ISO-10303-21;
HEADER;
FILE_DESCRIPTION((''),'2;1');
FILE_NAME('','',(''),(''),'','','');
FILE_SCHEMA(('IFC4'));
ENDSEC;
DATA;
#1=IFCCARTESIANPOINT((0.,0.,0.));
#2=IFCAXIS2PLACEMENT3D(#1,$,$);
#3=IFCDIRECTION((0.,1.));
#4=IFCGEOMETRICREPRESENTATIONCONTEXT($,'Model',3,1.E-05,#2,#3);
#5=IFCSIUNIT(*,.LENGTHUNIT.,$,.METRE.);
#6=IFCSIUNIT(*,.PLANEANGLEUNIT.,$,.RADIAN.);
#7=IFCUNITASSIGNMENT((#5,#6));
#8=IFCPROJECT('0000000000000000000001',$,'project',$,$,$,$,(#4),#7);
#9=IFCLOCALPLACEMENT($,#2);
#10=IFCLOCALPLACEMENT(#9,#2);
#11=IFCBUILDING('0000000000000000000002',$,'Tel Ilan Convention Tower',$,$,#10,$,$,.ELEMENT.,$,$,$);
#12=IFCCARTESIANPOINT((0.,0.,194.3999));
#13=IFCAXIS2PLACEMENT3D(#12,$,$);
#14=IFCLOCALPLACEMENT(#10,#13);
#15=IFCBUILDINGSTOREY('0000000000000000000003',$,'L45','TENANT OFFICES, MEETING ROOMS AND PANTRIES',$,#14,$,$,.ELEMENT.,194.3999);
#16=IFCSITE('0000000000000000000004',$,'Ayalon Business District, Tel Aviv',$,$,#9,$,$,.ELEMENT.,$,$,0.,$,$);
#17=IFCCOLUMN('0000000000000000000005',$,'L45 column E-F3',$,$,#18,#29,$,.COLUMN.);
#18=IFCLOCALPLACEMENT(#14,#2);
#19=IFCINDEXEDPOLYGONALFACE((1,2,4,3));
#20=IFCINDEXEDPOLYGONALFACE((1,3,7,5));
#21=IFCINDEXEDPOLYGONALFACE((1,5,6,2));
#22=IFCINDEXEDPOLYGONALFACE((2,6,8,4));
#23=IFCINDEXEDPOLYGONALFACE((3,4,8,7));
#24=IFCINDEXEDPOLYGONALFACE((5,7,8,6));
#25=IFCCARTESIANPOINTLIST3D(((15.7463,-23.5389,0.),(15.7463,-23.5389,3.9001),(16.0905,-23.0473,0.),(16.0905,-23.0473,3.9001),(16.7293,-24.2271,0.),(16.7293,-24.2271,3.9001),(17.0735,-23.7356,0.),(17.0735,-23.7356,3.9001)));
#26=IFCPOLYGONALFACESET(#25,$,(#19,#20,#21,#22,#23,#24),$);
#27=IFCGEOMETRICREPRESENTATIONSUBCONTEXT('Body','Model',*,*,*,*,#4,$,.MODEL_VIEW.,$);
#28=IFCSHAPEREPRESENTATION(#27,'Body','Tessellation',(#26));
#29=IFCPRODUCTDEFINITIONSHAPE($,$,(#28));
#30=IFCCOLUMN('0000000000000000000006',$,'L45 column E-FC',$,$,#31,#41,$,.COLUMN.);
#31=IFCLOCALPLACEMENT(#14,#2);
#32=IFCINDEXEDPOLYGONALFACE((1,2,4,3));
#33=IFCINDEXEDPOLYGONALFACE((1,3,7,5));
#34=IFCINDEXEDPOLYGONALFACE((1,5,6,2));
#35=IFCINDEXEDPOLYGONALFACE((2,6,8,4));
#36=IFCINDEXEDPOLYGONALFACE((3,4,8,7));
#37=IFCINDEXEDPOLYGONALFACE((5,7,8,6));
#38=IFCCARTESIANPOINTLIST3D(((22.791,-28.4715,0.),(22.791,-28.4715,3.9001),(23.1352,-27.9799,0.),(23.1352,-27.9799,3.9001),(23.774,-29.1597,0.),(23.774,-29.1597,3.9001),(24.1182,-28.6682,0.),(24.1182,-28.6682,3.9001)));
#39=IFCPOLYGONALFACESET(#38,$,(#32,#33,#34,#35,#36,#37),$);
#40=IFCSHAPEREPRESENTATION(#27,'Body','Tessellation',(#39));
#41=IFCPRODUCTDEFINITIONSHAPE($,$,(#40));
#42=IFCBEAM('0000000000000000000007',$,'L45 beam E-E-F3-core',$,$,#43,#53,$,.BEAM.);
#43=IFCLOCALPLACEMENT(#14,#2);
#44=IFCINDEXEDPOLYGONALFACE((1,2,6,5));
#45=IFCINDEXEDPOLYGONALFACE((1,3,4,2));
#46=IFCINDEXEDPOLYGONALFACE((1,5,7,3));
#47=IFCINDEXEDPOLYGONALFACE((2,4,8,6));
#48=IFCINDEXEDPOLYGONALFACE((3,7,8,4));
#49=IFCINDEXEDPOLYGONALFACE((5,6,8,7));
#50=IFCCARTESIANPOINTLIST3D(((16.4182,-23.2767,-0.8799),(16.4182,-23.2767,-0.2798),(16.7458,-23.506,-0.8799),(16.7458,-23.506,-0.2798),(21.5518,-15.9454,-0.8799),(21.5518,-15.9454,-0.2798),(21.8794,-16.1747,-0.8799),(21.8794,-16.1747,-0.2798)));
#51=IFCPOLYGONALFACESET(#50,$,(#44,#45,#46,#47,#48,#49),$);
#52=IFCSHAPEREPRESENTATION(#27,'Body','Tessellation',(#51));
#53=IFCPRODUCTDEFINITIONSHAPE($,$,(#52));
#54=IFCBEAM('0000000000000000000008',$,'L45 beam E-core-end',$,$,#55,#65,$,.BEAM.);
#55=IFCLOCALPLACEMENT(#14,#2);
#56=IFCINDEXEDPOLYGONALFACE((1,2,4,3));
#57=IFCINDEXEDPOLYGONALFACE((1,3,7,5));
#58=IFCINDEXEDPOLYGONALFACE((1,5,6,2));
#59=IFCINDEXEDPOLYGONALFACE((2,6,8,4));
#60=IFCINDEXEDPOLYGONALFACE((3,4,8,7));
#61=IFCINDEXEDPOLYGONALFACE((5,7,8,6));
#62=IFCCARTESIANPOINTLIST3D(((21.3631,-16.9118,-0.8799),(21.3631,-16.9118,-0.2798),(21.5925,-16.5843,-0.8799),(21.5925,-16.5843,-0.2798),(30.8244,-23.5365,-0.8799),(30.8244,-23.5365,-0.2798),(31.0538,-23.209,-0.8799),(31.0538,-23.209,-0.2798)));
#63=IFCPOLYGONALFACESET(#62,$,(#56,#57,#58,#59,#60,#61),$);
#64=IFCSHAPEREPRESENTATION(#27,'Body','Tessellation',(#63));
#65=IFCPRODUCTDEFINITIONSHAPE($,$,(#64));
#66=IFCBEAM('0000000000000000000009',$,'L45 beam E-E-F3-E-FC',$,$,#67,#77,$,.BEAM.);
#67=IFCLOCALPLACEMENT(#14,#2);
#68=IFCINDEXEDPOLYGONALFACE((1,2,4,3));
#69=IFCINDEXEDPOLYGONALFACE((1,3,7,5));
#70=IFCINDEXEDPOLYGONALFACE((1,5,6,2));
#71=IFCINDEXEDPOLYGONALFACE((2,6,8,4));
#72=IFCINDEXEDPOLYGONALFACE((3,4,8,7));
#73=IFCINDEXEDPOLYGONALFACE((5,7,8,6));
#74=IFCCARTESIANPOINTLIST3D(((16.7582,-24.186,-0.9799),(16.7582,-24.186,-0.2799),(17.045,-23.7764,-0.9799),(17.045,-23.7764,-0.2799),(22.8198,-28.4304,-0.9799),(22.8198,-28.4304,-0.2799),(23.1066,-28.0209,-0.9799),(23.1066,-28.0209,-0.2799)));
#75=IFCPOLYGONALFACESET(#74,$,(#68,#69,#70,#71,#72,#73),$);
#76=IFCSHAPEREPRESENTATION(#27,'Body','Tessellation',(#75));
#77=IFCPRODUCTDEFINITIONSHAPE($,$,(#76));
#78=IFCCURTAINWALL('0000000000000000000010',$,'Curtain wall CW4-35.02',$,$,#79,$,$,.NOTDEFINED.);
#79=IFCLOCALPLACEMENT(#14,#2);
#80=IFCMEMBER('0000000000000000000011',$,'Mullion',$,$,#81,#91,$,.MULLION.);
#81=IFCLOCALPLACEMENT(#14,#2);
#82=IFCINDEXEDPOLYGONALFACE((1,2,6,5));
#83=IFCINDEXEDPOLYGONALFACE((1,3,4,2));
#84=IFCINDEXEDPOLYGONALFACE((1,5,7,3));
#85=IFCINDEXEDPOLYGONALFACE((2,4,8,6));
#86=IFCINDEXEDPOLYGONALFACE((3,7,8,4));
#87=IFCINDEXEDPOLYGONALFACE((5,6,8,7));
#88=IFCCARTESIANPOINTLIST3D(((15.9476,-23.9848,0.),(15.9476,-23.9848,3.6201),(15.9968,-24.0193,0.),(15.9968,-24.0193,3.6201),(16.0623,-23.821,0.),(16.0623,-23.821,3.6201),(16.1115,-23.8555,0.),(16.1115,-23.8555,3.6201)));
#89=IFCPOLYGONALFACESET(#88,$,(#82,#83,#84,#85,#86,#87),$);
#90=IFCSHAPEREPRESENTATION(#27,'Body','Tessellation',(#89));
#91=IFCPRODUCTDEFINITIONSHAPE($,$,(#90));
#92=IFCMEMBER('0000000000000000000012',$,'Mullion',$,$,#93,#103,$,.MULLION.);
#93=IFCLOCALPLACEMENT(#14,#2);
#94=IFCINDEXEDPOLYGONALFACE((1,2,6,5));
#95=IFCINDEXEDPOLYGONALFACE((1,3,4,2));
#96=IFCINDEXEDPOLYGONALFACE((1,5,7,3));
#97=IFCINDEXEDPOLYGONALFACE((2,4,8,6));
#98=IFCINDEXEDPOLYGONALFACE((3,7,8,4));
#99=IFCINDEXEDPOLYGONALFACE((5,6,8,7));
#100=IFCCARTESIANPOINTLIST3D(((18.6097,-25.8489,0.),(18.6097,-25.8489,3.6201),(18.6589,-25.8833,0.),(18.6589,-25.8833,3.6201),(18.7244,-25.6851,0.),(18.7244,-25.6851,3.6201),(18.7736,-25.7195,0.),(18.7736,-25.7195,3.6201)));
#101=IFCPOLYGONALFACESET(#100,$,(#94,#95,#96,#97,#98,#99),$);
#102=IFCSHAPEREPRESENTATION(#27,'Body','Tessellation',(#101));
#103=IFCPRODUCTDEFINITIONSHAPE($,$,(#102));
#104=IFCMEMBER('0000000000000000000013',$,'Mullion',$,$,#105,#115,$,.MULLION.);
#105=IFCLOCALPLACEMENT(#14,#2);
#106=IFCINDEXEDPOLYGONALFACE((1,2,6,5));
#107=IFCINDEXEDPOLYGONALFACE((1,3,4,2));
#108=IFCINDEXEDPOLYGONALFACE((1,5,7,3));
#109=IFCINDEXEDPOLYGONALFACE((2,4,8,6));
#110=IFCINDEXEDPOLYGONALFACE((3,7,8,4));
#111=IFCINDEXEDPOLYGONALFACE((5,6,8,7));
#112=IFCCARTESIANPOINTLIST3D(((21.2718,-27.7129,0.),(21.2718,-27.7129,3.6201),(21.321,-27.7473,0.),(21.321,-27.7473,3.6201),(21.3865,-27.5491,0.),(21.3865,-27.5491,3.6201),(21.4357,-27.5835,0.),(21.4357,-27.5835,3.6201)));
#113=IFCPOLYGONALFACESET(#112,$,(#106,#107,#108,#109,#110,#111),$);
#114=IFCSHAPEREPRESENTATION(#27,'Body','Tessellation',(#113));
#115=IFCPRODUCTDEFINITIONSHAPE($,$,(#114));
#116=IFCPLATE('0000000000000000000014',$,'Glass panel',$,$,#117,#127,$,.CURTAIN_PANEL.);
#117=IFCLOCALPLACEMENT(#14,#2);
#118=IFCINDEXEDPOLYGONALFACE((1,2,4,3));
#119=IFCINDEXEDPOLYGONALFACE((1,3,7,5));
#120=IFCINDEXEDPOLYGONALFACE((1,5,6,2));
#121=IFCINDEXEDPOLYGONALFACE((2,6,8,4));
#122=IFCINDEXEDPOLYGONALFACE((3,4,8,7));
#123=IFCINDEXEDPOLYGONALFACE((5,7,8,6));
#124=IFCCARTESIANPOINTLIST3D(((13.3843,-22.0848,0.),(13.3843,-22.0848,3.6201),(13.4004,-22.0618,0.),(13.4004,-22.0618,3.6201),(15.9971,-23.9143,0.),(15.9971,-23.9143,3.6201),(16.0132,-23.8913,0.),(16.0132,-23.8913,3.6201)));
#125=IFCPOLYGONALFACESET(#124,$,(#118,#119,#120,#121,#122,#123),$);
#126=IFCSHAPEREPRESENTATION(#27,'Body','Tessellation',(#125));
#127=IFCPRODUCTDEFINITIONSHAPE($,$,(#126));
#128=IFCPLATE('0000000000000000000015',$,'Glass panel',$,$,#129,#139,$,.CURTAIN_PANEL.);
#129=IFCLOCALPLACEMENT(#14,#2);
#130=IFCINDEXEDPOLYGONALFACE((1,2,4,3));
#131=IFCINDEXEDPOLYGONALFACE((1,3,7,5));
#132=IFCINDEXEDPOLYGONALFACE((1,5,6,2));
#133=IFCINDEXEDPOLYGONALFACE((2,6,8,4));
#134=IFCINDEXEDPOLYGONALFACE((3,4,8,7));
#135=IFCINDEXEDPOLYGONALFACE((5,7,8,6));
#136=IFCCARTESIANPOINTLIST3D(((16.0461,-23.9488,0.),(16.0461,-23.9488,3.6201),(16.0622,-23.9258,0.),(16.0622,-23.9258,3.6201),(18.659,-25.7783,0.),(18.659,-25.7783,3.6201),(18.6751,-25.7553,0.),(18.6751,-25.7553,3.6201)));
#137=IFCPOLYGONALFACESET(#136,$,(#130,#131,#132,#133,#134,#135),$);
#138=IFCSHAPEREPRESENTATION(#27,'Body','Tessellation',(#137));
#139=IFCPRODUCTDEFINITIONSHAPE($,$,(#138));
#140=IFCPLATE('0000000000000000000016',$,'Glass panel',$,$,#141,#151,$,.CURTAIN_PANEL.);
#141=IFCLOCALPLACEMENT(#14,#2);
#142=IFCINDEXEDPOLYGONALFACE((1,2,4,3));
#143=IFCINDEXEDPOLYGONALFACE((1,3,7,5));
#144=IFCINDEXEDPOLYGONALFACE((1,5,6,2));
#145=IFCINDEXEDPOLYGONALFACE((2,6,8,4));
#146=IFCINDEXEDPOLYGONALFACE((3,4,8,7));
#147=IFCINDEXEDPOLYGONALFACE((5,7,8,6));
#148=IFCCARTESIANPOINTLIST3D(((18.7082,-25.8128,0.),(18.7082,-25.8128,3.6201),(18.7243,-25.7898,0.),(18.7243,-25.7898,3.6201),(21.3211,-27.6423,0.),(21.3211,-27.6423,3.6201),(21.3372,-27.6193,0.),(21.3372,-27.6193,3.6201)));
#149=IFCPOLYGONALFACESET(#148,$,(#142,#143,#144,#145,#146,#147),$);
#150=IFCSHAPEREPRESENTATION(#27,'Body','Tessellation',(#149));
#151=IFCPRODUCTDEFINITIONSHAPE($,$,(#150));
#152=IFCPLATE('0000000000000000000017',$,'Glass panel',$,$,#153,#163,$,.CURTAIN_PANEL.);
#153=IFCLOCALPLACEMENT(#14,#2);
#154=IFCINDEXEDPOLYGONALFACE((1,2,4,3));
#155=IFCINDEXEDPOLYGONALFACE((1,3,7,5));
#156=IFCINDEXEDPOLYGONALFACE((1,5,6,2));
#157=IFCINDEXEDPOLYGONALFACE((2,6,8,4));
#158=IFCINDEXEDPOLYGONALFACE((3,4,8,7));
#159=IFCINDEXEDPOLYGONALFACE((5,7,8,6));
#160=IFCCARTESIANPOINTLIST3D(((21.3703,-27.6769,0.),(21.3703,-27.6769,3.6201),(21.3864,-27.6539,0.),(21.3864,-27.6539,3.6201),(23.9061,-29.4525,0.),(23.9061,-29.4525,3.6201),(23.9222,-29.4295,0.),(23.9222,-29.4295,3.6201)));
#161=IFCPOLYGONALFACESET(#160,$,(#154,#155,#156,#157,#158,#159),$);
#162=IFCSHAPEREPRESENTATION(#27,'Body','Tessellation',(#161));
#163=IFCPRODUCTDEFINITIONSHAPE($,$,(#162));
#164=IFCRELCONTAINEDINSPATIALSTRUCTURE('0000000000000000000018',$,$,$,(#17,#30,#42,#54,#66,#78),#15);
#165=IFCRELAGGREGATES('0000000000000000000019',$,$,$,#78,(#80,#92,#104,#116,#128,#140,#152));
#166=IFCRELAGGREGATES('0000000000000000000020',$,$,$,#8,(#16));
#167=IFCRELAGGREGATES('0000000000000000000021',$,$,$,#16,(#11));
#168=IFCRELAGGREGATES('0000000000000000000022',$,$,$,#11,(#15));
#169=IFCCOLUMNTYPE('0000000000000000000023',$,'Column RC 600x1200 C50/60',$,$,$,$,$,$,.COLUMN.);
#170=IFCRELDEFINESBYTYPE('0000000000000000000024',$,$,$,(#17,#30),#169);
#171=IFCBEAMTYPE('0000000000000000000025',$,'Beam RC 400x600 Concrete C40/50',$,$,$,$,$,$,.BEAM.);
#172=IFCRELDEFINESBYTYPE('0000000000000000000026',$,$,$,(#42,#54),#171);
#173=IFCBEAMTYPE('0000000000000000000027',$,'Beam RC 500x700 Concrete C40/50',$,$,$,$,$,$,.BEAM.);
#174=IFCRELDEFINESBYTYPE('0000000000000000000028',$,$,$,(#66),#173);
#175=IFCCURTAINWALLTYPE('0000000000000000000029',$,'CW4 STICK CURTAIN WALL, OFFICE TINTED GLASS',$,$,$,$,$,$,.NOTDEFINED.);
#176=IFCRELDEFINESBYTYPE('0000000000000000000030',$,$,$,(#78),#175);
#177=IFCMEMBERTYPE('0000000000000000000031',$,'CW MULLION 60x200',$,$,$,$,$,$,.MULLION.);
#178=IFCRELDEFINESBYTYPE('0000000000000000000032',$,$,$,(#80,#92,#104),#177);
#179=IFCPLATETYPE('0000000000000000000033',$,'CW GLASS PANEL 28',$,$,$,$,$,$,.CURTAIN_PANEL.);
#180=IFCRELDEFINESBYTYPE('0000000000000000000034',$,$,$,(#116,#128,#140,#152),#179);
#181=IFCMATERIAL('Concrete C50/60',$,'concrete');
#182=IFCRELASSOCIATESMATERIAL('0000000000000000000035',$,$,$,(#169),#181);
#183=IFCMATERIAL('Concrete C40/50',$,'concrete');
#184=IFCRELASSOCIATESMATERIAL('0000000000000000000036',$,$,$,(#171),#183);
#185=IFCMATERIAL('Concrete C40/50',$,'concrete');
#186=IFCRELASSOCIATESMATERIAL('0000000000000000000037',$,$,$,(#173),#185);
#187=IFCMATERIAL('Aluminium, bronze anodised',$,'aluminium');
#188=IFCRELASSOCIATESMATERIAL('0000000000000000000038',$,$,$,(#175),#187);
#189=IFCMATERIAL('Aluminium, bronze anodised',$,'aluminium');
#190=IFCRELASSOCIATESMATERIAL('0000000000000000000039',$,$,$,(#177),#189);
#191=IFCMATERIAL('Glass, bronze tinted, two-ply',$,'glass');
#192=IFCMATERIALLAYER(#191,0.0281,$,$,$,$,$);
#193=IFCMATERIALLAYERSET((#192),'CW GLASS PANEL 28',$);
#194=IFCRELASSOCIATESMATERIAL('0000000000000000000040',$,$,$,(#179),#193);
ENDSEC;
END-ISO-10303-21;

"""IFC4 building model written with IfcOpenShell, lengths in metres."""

from ifc_helpers import new_model, si_unit, direction, frame, origin, origin_2d, place, context, subcontext, project, spatial, rectangle, extrude, material, layer, layer_set, material_profile, profile_set, type_object, element, aggregate, save


model = new_model("IFC4")

# Units and contexts
model_context = context("Model", 3, precision=1e-05, world=origin(), true_north=direction((0.0, 1.0)))
body_context = subcontext(model_context, "Body", "Model", "MODEL_VIEW")
ifc_project = project(units=[si_unit("LENGTHUNIT", "METRE"), si_unit("PLANEANGLEUNIT", "RADIAN")], contexts=[model_context])

# Site, building, storey
site_placement = place(None, origin())
site = spatial("IfcSite", under=ifc_project, at=site_placement, Name="Ayalon Business District, Tel Aviv", CompositionType="ELEMENT", RefElevation=0.0)
building_placement = place(site_placement, origin())
building = spatial("IfcBuilding", under=site, at=building_placement, Name="Tel Ilan Convention Tower", CompositionType="ELEMENT")
storey_placement = place(building_placement, frame((0.0, 0.0, 194.3999)))
storey = spatial("IfcBuildingStorey", under=building, at=storey_placement, Name="L45", Description="TENANT OFFICES, MEETING ROOMS AND PANTRIES", CompositionType="ELEMENT", Elevation=194.3999)

# Columns
ifc_material_1 = material(Name="Concrete C50/60", Category="concrete")
ifc_material_profile_1 = material_profile(ifc_material_1, rectangle(XDim=1.2, YDim=0.6001, at=origin_2d()), Name="RC 600x1200")
ifc_profile_set_1 = profile_set([ifc_material_profile_1], Name="Concrete C50/60")
column_type = type_object("IfcColumnType", Name="Column RC 600x1200 C50/60", PredefinedType="COLUMN", material=ifc_profile_set_1)
for number, where, z_axis, x_axis, name in (
    (1, (16.4099, -23.6372, 0.0), (0.0, 0.0, 1.0), (0.819152, -0.573576, 0.0), "L45 column E-F3"),
    (2, (23.4546, -28.5698, 0.0), (0.0, 0.0, 1.0), (0.819152, -0.573576, 0.0), "L45 column E-FC"),
):
    element("IfcColumn", number, at=place(storey_placement, frame(where, z_axis=z_axis, x_axis=x_axis)), inside=storey, type_object=column_type, Name=name, PredefinedType="COLUMN", context=body_context, shape_type="SweptSolid", body=[
        extrude(rectangle(XDim=1.2, YDim=0.6001, at=origin_2d()), origin(), (0.0, 0.0, 1.0), 3.9001),
    ])

# Beams
ifc_material_2 = material(Name="Concrete C40/50", Category="concrete")
ifc_material_profile_2 = material_profile(ifc_material_2, rectangle(XDim=0.3999, YDim=0.6001, at=origin_2d()), Name="RC 400x600")
ifc_profile_set_2 = profile_set([ifc_material_profile_2], Name="Concrete C40/50")
beam_type_1 = type_object("IfcBeamType", Name="Beam RC 400x600 Concrete C40/50", PredefinedType="BEAM", material=ifc_profile_set_2)
beam_1_placement = place(storey_placement, frame((16.582, -23.3914, -0.5798), z_axis=(0.573585, 0.819146, 0.0), x_axis=(-0.819146, 0.573585, 0.0)))
element("IfcBeam", 3, at=beam_1_placement, inside=storey, type_object=beam_type_1, Name="L45 beam E-E-F3-core", PredefinedType="BEAM", context=body_context, shape_type="SweptSolid", body=[
    extrude(rectangle(XDim=0.3999, YDim=0.6001, at=origin_2d()), origin(), (0.0, 0.0, 1.0), 8.95),
])
beam_2_placement = place(storey_placement, frame((21.4778, -16.748, -0.5798), z_axis=(0.81916, -0.573564, 0.0), x_axis=(0.573564, 0.81916, 0.0)))
element("IfcBeam", 4, at=beam_2_placement, inside=storey, type_object=beam_type_1, Name="L45 beam E-core-end", PredefinedType="BEAM", context=body_context, shape_type="SweptSolid", body=[
    extrude(rectangle(XDim=0.3999, YDim=0.6001, at=origin_2d()), origin(), (0.0, 0.0, 1.0), 11.55),
])
ifc_material_3 = material(Name="Concrete C40/50", Category="concrete")
ifc_material_profile_3 = material_profile(ifc_material_3, rectangle(XDim=0.5, YDim=0.7, at=origin_2d()), Name="RC 500x700")
ifc_profile_set_3 = profile_set([ifc_material_profile_3], Name="Concrete C40/50")
beam_type_2 = type_object("IfcBeamType", Name="Beam RC 500x700 Concrete C40/50", PredefinedType="BEAM", material=ifc_profile_set_3)
beam_3_placement = place(storey_placement, frame((16.9016, -23.9812, -0.6299), z_axis=(0.819148, -0.573582, 0.0), x_axis=(0.573582, 0.819148, 0.0)))
element("IfcBeam", 5, at=beam_3_placement, inside=storey, type_object=beam_type_2, Name="L45 beam E-E-F3-E-FC", PredefinedType="BEAM", context=body_context, shape_type="SweptSolid", body=[
    extrude(rectangle(XDim=0.5, YDim=0.7, at=origin_2d()), origin(), (0.0, 0.0, 1.0), 7.3999),
])

# Curtain wall, members, plates
ifc_material_4 = material(Name="Aluminium, bronze anodised", Category="aluminium")
curtain_wall_type = type_object("IfcCurtainWallType", Name="CW4 STICK CURTAIN WALL, OFFICE TINTED GLASS", PredefinedType="NOTDEFINED", material=ifc_material_4)
curtain_wall_placement = place(storey_placement, origin())
curtain_wall = element("IfcCurtainWall", 6, at=curtain_wall_placement, inside=storey, type_object=curtain_wall_type, Name="Curtain wall CW4-35.02", PredefinedType="NOTDEFINED")
ifc_material_5 = material(Name="Aluminium, bronze anodised", Category="aluminium")
ifc_material_profile_4 = material_profile(ifc_material_5, rectangle(XDim=0.0601, YDim=0.2, at=origin_2d()), Name="CW MULLION 60x200")
ifc_profile_set_4 = profile_set([ifc_material_profile_4], Name="Aluminium, bronze anodised")
member_type = type_object("IfcMemberType", Name="CW MULLION 60x200", PredefinedType="MULLION", material=ifc_profile_set_4)
member_1_placement = place(storey_placement, frame((16.0295, -23.9202, 0.0), z_axis=(0.0, 0.0, 1.0), x_axis=(0.819152, -0.573576, 0.0)))
member_1 = element("IfcMember", 7, at=member_1_placement, type_object=member_type, Name="Mullion", PredefinedType="MULLION", context=body_context, shape_type="SweptSolid", body=[
    extrude(rectangle(XDim=0.0601, YDim=0.2, at=origin_2d()), origin(), (0.0, 0.0, 1.0), 3.6201),
])
member_2_placement = place(storey_placement, frame((18.6917, -25.7842, 0.0), z_axis=(0.0, 0.0, 1.0), x_axis=(0.819152, -0.573576, 0.0)))
member_2 = element("IfcMember", 8, at=member_2_placement, type_object=member_type, Name="Mullion", PredefinedType="MULLION", context=body_context, shape_type="SweptSolid", body=[
    extrude(rectangle(XDim=0.0601, YDim=0.2, at=origin_2d()), origin(), (0.0, 0.0, 1.0), 3.6201),
])
member_3_placement = place(storey_placement, frame((21.3538, -27.6482, 0.0), z_axis=(0.0, 0.0, 1.0), x_axis=(0.819152, -0.573576, 0.0)))
member_3 = element("IfcMember", 9, at=member_3_placement, type_object=member_type, Name="Mullion", PredefinedType="MULLION", context=body_context, shape_type="SweptSolid", body=[
    extrude(rectangle(XDim=0.0601, YDim=0.2, at=origin_2d()), origin(), (0.0, 0.0, 1.0), 3.6201),
])
ifc_material_6 = material(Name="Glass, bronze tinted, two-ply", Category="glass")
ifc_layer_1 = layer(ifc_material_6, 0.0281)
ifc_layer_set_1 = layer_set([ifc_layer_1], Name="CW GLASS PANEL 28")
plate_type = type_object("IfcPlateType", Name="CW GLASS PANEL 28", PredefinedType="CURTAIN_PANEL", material=ifc_layer_set_1)
plate_1_placement = place(storey_placement, frame((14.6987, -22.988, 0.0), z_axis=(0.0, 0.0, 1.0), x_axis=(0.819152, -0.573576, 0.0)))
plate_1 = element("IfcPlate", 10, at=plate_1_placement, type_object=plate_type, Name="Glass panel", PredefinedType="CURTAIN_PANEL", context=body_context, shape_type="SweptSolid", body=[
    extrude(rectangle(XDim=3.1897, YDim=0.0281, at=origin_2d()), origin(), (0.0, 0.0, 1.0), 3.6201),
])
plate_2_placement = place(storey_placement, frame((17.3606, -24.8521, 0.0), z_axis=(0.0, 0.0, 1.0), x_axis=(0.819152, -0.573576, 0.0)))
plate_2 = element("IfcPlate", 11, at=plate_2_placement, type_object=plate_type, Name="Glass panel", PredefinedType="CURTAIN_PANEL", context=body_context, shape_type="SweptSolid", body=[
    extrude(rectangle(XDim=3.1897, YDim=0.0281, at=origin_2d()), origin(), (0.0, 0.0, 1.0), 3.6201),
])
plate_3_placement = place(storey_placement, frame((20.0227, -26.7161, 0.0), z_axis=(0.0, 0.0, 1.0), x_axis=(0.819152, -0.573576, 0.0)))
plate_3 = element("IfcPlate", 12, at=plate_3_placement, type_object=plate_type, Name="Glass panel", PredefinedType="CURTAIN_PANEL", context=body_context, shape_type="SweptSolid", body=[
    extrude(rectangle(XDim=3.1897, YDim=0.0281, at=origin_2d()), origin(), (0.0, 0.0, 1.0), 3.6201),
])
plate_4_placement = place(storey_placement, frame((22.6462, -28.5532, 0.0), z_axis=(0.0, 0.0, 1.0), x_axis=(0.819152, -0.573576, 0.0)))
plate_4 = element("IfcPlate", 13, at=plate_4_placement, type_object=plate_type, Name="Glass panel", PredefinedType="CURTAIN_PANEL", context=body_context, shape_type="SweptSolid", body=[
    extrude(rectangle(XDim=3.0957, YDim=0.0281, at=origin_2d()), origin(), (0.0, 0.0, 1.0), 3.6201),
])
aggregate(curtain_wall, [member_1, member_2, member_3, plate_1, plate_2, plate_3, plate_4])

save(model, "model.ifc")
